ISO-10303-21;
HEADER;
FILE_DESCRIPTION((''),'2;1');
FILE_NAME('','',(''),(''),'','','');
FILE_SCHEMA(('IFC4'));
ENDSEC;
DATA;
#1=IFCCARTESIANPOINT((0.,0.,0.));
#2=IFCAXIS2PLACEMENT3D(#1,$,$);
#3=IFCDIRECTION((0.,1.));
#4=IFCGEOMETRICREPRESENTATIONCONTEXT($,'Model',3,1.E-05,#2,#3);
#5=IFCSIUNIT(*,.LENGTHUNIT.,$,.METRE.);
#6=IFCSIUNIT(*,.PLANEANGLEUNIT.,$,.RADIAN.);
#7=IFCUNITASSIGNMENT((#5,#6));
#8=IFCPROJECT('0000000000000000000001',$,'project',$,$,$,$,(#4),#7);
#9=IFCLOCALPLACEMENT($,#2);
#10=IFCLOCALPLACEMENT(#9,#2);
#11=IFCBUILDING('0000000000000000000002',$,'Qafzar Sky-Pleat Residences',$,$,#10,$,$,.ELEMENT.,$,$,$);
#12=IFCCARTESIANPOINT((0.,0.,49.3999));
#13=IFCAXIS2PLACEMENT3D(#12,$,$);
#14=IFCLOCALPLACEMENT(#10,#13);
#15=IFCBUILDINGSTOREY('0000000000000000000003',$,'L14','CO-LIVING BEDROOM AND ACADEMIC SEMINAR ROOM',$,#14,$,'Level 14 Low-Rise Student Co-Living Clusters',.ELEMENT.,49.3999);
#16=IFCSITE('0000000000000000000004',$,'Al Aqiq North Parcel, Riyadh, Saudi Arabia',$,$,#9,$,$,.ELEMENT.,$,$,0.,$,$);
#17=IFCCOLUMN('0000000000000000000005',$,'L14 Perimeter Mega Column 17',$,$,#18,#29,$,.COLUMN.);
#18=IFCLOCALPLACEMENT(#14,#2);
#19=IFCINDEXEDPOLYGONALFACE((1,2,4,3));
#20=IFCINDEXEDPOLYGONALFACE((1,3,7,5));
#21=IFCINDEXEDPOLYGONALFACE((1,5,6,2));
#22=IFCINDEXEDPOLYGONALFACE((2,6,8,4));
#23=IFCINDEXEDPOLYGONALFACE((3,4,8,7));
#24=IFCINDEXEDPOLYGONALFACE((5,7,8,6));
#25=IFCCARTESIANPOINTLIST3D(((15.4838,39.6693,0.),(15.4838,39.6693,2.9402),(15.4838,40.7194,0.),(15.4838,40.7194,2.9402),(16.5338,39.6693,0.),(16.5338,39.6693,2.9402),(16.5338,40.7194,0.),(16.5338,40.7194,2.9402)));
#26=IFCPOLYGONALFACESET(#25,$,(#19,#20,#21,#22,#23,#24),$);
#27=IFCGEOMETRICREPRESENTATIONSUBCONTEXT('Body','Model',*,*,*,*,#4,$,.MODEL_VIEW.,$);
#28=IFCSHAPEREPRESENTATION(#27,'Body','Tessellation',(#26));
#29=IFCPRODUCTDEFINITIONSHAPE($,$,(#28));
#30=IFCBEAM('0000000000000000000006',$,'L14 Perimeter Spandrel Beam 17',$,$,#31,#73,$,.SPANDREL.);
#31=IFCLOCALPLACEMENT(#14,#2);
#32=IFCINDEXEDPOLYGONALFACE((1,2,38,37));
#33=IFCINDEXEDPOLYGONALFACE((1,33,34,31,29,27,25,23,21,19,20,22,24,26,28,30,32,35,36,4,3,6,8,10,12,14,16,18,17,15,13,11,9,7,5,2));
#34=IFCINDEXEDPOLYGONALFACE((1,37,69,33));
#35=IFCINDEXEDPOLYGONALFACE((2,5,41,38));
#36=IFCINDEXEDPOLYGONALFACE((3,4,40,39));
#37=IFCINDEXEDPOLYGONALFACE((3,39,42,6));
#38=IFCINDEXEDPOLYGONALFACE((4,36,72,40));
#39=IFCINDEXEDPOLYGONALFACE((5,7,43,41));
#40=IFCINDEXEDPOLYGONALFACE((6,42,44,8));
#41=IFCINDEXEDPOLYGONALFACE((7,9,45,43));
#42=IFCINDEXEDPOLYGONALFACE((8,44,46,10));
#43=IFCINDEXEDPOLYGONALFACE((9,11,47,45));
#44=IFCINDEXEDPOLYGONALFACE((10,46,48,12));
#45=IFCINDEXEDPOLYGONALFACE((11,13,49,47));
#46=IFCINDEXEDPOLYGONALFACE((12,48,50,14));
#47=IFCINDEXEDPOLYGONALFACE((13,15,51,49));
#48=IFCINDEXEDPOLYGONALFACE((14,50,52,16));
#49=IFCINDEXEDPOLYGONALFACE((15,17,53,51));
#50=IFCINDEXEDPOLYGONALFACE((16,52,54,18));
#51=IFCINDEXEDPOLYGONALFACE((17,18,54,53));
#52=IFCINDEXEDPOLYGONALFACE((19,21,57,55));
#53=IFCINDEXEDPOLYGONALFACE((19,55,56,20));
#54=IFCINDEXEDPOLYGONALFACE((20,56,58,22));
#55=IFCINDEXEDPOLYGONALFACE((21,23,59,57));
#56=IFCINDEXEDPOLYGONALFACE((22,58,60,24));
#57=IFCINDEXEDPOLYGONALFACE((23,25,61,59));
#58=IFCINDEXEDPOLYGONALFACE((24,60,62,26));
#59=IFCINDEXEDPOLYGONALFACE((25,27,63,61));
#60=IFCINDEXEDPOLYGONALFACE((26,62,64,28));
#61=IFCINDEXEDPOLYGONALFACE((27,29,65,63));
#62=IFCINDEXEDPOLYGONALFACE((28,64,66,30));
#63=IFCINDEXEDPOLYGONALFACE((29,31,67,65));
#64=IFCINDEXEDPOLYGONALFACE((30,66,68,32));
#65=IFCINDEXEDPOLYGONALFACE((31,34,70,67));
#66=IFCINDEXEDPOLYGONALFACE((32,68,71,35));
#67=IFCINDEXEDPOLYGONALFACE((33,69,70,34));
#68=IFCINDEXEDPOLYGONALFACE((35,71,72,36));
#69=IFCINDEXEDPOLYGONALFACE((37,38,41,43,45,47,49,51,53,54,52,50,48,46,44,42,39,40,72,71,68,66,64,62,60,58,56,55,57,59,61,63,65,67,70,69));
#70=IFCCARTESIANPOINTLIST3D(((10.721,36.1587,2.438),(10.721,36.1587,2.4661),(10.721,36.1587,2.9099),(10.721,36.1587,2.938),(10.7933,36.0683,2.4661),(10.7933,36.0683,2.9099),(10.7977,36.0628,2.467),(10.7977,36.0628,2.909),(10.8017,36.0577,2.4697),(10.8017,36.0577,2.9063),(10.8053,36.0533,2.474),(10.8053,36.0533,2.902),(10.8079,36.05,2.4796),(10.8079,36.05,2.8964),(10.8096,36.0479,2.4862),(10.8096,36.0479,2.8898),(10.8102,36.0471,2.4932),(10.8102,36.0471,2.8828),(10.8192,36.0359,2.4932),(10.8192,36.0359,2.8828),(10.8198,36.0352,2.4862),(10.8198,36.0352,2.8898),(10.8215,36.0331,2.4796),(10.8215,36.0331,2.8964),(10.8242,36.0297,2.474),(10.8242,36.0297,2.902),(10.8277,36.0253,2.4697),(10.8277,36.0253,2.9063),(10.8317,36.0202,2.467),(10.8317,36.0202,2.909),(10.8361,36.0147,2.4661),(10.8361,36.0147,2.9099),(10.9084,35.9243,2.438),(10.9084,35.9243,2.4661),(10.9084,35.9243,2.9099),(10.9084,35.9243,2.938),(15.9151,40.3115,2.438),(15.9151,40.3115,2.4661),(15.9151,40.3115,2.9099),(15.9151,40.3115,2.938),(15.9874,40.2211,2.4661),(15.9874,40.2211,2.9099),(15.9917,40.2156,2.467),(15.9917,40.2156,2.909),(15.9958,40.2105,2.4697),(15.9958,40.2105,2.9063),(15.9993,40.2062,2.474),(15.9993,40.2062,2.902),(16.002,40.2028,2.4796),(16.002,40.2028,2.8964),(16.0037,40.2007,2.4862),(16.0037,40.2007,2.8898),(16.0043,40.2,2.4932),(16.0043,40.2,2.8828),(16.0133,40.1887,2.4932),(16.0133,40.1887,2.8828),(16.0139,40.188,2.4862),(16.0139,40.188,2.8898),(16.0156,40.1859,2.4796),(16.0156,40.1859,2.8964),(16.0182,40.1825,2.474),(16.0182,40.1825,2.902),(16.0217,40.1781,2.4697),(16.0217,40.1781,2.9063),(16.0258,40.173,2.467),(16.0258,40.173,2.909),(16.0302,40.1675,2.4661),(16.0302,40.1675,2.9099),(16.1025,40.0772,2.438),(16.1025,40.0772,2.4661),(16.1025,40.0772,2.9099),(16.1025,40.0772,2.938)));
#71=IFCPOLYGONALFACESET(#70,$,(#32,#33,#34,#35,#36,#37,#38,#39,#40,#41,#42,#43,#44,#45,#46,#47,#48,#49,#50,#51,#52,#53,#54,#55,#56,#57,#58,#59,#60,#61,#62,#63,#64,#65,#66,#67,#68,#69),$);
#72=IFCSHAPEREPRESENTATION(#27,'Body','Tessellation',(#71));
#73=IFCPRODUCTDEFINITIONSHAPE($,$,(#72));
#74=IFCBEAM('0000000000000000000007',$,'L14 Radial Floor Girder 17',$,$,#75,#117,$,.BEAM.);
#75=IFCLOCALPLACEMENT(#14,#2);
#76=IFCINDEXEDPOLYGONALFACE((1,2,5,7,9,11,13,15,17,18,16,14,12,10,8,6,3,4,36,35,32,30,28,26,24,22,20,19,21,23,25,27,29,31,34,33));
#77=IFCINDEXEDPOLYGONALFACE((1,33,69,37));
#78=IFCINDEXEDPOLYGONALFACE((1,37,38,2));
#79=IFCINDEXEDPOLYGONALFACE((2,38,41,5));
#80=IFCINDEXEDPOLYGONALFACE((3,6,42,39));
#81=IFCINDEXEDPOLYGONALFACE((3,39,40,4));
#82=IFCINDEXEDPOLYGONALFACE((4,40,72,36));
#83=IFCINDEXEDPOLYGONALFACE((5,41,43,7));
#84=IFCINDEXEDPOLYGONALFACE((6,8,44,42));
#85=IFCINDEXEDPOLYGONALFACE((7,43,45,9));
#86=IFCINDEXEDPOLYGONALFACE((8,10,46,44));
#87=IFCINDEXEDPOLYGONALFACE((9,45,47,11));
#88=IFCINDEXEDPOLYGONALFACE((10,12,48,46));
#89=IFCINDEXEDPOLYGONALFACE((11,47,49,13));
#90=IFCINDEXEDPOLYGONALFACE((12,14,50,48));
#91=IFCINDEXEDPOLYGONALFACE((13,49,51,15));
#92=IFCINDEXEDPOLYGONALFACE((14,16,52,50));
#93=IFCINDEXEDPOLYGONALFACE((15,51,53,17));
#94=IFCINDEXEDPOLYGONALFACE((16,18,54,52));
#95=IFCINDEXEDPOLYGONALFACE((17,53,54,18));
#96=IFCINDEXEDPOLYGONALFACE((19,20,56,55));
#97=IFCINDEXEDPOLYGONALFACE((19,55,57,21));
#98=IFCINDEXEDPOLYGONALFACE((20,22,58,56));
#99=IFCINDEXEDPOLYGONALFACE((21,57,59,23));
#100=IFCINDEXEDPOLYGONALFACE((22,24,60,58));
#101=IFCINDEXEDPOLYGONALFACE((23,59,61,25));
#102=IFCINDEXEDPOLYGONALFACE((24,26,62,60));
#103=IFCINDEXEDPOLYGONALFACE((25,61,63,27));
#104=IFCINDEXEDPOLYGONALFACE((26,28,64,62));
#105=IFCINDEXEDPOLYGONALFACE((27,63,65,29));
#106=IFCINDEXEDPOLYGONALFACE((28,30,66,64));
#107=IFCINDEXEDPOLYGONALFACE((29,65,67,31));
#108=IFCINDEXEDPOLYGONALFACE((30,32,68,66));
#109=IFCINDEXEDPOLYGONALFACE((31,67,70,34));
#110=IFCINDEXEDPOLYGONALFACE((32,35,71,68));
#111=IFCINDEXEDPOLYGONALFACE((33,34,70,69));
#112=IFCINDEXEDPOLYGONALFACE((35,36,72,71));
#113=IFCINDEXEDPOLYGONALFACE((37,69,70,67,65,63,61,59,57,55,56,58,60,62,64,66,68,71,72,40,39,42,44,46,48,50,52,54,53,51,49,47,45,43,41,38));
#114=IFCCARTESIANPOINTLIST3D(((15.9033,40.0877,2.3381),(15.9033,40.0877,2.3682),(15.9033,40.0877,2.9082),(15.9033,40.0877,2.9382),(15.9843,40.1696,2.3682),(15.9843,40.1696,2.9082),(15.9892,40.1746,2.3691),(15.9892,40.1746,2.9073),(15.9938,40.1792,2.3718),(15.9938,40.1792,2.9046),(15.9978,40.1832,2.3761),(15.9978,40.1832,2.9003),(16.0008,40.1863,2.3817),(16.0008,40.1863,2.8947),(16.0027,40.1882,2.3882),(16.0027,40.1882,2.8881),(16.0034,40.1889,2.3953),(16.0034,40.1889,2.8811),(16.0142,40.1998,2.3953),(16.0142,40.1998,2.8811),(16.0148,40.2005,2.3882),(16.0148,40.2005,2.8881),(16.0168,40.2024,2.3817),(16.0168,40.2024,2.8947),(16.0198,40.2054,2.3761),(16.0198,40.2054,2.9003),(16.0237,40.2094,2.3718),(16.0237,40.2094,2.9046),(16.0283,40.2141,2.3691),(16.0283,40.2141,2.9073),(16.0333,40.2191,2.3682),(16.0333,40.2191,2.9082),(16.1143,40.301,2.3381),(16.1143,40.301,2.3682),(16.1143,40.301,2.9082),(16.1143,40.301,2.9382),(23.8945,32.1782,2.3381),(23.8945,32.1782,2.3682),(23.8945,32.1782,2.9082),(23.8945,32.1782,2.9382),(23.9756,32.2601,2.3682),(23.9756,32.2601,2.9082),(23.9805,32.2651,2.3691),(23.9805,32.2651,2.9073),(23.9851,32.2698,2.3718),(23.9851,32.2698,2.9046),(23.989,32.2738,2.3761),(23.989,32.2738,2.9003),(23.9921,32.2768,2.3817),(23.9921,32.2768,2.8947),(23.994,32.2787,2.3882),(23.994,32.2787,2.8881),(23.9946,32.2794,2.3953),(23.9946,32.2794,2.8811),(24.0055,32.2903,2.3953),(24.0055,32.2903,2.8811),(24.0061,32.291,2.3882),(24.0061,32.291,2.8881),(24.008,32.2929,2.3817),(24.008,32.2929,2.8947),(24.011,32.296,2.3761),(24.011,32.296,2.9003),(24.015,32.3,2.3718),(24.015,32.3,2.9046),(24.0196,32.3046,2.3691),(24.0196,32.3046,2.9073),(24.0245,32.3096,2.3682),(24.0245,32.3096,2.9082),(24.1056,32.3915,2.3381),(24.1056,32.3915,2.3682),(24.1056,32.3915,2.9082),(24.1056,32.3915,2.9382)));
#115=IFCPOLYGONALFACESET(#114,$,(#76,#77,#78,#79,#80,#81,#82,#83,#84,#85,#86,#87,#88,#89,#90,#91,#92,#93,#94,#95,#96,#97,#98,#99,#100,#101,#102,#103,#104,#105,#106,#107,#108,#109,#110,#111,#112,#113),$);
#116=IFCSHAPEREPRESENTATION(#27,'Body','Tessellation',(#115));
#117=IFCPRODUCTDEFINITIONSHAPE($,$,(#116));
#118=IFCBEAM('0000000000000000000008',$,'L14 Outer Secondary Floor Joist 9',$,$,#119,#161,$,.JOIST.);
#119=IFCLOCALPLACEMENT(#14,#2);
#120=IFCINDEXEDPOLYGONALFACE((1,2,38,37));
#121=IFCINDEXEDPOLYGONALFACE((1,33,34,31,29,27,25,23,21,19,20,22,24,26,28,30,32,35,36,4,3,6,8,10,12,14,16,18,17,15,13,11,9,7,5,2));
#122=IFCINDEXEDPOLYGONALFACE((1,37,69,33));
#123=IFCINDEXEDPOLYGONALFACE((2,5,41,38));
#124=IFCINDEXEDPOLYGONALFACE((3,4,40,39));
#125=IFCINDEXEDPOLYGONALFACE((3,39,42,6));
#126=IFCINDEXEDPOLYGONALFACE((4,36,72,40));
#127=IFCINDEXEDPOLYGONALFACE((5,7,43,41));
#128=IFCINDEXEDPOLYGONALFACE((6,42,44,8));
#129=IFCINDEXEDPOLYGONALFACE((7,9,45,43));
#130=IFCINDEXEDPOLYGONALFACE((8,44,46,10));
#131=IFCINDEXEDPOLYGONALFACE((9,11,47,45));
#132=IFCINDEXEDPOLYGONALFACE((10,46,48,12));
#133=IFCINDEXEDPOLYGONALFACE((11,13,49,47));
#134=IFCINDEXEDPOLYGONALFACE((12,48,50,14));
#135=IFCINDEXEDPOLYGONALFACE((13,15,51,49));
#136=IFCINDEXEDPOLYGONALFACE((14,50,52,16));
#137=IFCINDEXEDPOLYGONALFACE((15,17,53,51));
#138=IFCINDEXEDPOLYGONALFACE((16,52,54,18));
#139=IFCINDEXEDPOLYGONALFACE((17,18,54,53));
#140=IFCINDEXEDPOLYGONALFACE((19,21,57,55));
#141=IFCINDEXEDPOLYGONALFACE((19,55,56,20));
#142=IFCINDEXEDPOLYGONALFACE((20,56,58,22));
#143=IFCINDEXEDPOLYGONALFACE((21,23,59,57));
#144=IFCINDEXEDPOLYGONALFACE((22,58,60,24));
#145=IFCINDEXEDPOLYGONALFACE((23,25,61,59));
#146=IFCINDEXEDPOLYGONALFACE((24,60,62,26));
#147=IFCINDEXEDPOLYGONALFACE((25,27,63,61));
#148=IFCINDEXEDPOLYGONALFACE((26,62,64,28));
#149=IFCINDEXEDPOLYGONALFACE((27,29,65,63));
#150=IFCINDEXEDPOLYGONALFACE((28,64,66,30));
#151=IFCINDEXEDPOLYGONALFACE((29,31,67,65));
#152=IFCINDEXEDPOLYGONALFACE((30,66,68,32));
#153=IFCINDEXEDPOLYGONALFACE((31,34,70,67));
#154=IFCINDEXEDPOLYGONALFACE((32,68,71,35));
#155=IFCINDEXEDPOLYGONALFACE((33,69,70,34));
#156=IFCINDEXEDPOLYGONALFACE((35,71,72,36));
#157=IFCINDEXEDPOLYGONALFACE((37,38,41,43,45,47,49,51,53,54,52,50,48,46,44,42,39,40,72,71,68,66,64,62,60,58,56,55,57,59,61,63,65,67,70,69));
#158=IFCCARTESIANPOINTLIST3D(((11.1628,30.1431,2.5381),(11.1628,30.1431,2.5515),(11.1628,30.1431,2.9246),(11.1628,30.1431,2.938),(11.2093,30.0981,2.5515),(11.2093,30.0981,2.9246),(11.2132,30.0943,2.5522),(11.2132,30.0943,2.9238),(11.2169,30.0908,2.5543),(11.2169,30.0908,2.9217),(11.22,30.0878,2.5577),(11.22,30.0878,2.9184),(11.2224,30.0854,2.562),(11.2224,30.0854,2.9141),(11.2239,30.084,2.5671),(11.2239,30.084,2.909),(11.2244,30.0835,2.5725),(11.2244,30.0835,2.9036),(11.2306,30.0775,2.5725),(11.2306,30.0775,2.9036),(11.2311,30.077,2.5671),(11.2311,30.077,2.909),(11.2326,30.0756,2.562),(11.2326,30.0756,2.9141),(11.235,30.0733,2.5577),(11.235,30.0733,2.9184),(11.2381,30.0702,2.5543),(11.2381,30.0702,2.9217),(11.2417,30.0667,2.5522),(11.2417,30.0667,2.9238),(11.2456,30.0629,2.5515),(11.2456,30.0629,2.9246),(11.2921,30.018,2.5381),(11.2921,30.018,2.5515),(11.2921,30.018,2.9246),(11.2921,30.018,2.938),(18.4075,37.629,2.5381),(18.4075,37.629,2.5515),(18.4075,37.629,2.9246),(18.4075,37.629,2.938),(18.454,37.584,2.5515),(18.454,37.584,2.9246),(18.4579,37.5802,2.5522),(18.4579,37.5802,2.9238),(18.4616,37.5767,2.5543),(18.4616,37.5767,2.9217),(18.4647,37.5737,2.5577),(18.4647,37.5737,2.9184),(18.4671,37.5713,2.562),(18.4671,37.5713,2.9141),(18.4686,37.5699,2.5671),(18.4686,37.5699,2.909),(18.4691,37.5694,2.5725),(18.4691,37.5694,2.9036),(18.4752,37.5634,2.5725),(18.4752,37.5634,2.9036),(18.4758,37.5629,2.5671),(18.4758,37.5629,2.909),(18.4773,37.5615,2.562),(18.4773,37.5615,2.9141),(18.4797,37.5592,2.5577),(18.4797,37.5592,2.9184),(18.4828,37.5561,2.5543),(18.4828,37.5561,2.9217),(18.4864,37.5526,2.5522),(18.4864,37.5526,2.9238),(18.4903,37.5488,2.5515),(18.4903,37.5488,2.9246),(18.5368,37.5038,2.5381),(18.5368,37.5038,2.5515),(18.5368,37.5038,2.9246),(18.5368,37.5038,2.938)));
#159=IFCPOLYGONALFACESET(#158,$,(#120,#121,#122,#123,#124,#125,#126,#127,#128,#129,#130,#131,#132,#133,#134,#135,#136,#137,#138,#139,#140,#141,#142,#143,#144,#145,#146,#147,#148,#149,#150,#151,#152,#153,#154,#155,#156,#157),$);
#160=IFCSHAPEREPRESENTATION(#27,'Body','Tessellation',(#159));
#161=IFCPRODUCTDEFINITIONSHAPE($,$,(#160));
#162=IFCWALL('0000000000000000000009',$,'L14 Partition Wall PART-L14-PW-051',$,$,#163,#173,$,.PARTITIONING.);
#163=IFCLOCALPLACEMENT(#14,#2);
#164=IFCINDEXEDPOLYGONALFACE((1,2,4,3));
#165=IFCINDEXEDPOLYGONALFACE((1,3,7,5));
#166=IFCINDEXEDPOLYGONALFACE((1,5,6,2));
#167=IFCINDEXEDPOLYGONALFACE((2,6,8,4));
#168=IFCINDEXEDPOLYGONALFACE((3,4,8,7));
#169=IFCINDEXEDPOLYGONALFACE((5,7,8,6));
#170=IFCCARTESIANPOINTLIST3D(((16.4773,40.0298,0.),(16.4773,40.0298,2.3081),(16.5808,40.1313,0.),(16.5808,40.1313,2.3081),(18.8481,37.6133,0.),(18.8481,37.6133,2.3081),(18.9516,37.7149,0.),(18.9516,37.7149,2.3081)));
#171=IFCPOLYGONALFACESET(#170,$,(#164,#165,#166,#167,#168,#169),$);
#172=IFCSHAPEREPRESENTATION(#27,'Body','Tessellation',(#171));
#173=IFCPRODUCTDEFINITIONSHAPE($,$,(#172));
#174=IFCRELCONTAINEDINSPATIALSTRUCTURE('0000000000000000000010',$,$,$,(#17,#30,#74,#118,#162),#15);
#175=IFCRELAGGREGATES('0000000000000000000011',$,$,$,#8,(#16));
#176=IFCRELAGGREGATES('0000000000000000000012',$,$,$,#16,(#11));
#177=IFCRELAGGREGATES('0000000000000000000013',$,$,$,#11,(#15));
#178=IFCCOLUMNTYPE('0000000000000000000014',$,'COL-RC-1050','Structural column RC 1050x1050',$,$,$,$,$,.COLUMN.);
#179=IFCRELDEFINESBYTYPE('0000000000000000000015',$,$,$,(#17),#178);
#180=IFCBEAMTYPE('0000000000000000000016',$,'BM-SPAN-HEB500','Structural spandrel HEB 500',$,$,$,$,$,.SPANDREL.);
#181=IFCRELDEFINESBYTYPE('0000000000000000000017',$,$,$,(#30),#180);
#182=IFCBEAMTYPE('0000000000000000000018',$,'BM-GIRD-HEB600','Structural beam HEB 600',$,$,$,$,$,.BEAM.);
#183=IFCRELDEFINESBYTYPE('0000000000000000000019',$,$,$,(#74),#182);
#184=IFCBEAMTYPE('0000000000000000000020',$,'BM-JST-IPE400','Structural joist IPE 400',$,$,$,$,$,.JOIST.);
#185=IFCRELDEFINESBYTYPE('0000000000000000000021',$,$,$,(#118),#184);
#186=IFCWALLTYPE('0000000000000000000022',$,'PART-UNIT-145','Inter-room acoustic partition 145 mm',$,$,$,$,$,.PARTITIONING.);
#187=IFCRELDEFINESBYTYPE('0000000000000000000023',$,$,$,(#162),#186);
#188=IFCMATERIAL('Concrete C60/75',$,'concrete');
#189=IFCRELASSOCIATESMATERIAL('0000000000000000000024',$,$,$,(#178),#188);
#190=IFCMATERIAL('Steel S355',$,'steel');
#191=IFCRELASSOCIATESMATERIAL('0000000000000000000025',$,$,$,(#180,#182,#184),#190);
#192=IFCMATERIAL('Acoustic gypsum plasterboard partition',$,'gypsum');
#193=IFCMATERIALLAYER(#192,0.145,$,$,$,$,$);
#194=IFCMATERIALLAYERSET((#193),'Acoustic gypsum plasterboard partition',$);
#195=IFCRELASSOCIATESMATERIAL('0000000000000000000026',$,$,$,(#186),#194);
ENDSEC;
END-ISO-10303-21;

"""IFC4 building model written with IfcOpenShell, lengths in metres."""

from ifc_helpers import new_model, si_unit, direction, frame, frame_2d, origin, origin_2d, place, context, subcontext, project, spatial, rectangle, i_section, extrude, source, transform, mapped, material, layer, layer_set, material_profile, profile_set, type_object, element, save


model = new_model("IFC4")

# Units and contexts
model_context = context("Model", 3, precision=1e-05, world=origin(), true_north=direction((0.0, 1.0)))
body_context = subcontext(model_context, "Body", "Model", "MODEL_VIEW")
ifc_project = project(units=[si_unit("LENGTHUNIT", "METRE"), si_unit("PLANEANGLEUNIT", "RADIAN")], contexts=[model_context])

# Site, building, storey
site_placement = place(None, origin())
site = spatial("IfcSite", under=ifc_project, at=site_placement, Name="Al Aqiq North Parcel, Riyadh, Saudi Arabia", CompositionType="ELEMENT", RefElevation=0.0)
building_placement = place(site_placement, origin())
building = spatial("IfcBuilding", under=site, at=building_placement, Name="Qafzar Sky-Pleat Residences", CompositionType="ELEMENT")
storey_placement = place(building_placement, frame((0.0, 0.0, 49.3999)))
storey = spatial("IfcBuildingStorey", under=building, at=storey_placement, Name="L14", Description="CO-LIVING BEDROOM AND ACADEMIC SEMINAR ROOM", LongName="Level 14 Low-Rise Student Co-Living Clusters", CompositionType="ELEMENT", Elevation=49.3999)

# Column
ifc_material_1 = material(Name="Concrete C60/75", Category="concrete")
ifc_material_profile_1 = material_profile(ifc_material_1, rectangle(XDim=1.05, YDim=1.05, at=origin_2d()), Name="RC 1050x1050")
ifc_profile_set_1 = profile_set([ifc_material_profile_1], Name="Concrete C60/75")
column_type = type_object("IfcColumnType", Name="COL-RC-1050", Description="Structural column RC 1050x1050", PredefinedType="COLUMN", material=ifc_profile_set_1)
shared_shape_1 = source(origin(), body_context, "Body", "SweptSolid", [
    extrude(rectangle(XDim=1.05, YDim=1.05, at=origin_2d()), origin(), (0.0, 0.0, 1.0), 2.9402),
])
column_placement = place(storey_placement, frame((16.0088, 40.1943, 0.0), z_axis=(0.0, 0.0, 1.0), x_axis=(1.0, 0.0, 0.0)))
element("IfcColumn", 1, at=column_placement, inside=storey, type_object=column_type, Name="L14 Perimeter Mega Column 17", PredefinedType="COLUMN", context=body_context, shape_type="MappedRepresentation", body=[
    mapped(shared_shape_1, transform((0.0, 0.0, 0.0), x_axis=(1.0, 0.0, 0.0), y_axis=(0.0, 1.0, 0.0), z_axis=(0.0, 0.0, 1.0), scale=1.0)),
])

# Beams
ifc_material_2 = material(Name="Steel S355", Category="steel")
ifc_material_profile_2 = material_profile(ifc_material_2, i_section(OverallWidth=0.3, OverallDepth=0.5, WebThickness=0.0144, FlangeThickness=0.0281, FilletRadius=0.0271, at=origin_2d()), Name="HEB 500")
ifc_profile_set_2 = profile_set([ifc_material_profile_2], Name="Steel S355")
beam_type_1 = type_object("IfcBeamType", Name="BM-SPAN-HEB500", Description="Structural spandrel HEB 500", PredefinedType="SPANDREL", material=ifc_profile_set_2)
shared_shape_2 = source(origin(), body_context, "Body", "SweptSolid", [
    extrude(i_section(OverallWidth=0.3, OverallDepth=0.5, WebThickness=0.0144, FlangeThickness=0.0281, FilletRadius=0.0271, at=origin_2d()), origin(), (0.0, 0.0, 1.0), 6.6501),
])
beam_1_placement = place(storey_placement, frame((16.0088, 40.1943, 2.688), z_axis=(-0.781048, -0.624471, 0.0), x_axis=(0.624471, -0.781048, 0.0)))
element("IfcBeam", 2, at=beam_1_placement, inside=storey, type_object=beam_type_1, Name="L14 Perimeter Spandrel Beam 17", PredefinedType="SPANDREL", context=body_context, shape_type="MappedRepresentation", body=[
    mapped(shared_shape_2, transform((0.0, 0.0, 0.0), x_axis=(1.0, 0.0, 0.0), y_axis=(0.0, 1.0, 0.0), z_axis=(0.0, 0.0, 1.0), scale=1.0)),
])
ifc_material_profile_3 = material_profile(ifc_material_2, i_section(OverallWidth=0.3, OverallDepth=0.6001, WebThickness=0.0154, FlangeThickness=0.03, FilletRadius=0.0271, at=origin_2d()), Name="HEB 600")
ifc_profile_set_3 = profile_set([ifc_material_profile_3], Name="Steel S355")
beam_type_2 = type_object("IfcBeamType", Name="BM-GIRD-HEB600", Description="Structural beam HEB 600", PredefinedType="BEAM", material=ifc_profile_set_3)
shared_shape_3 = source(origin(), body_context, "Body", "SweptSolid", [
    extrude(i_section(OverallWidth=0.3, OverallDepth=0.6001, WebThickness=0.0154, FlangeThickness=0.03, FilletRadius=0.0271, at=origin_2d()), origin(), (0.0, 0.0, 1.0), 11.2437),
])
beam_2_placement = place(storey_placement, frame((16.0088, 40.1943, 2.6382), z_axis=(0.710734, -0.70346, 0.0), x_axis=(0.70346, 0.710734, 0.0)))
element("IfcBeam", 3, at=beam_2_placement, inside=storey, type_object=beam_type_2, Name="L14 Radial Floor Girder 17", PredefinedType="BEAM", context=body_context, shape_type="MappedRepresentation", body=[
    mapped(shared_shape_3, transform((0.0, 0.0, 0.0), x_axis=(1.0, 0.0, 0.0), y_axis=(0.0, 1.0, 0.0), z_axis=(0.0, 0.0, 1.0), scale=1.0)),
])
ifc_material_profile_4 = material_profile(ifc_material_2, i_section(OverallWidth=0.1799, OverallDepth=0.3999, WebThickness=0.0085, FlangeThickness=0.0134, FilletRadius=0.021, at=origin_2d()), Name="IPE 400")
ifc_profile_set_4 = profile_set([ifc_material_profile_4], Name="Steel S355")
beam_type_3 = type_object("IfcBeamType", Name="BM-JST-IPE400", Description="Structural joist IPE 400", PredefinedType="JOIST", material=ifc_profile_set_4)
shared_shape_4 = source(origin(), body_context, "Body", "SweptSolid", [
    extrude(i_section(OverallWidth=0.1799, OverallDepth=0.3999, WebThickness=0.0085, FlangeThickness=0.0134, FilletRadius=0.021, at=origin_2d()), origin(), (0.0, 0.0, 1.0), 10.4175),
])
beam_3_placement = place(storey_placement, frame((18.4722, 37.5664, 2.738), z_axis=(-0.695435, -0.718589, 0.0), x_axis=(0.718589, -0.695435, 0.0)))
element("IfcBeam", 4, at=beam_3_placement, inside=storey, type_object=beam_type_3, Name="L14 Outer Secondary Floor Joist 9", PredefinedType="JOIST", context=body_context, shape_type="MappedRepresentation", body=[
    mapped(shared_shape_4, transform((0.0, 0.0, 0.0), x_axis=(1.0, 0.0, 0.0), y_axis=(0.0, 1.0, 0.0), z_axis=(0.0, 0.0, 1.0), scale=1.0)),
])

# Wall
ifc_material_3 = material(Name="Acoustic gypsum plasterboard partition", Category="gypsum")
ifc_layer_1 = layer(ifc_material_3, 0.145)
ifc_layer_set_1 = layer_set([ifc_layer_1], Name="Acoustic gypsum plasterboard partition")
wall_type_1 = type_object("IfcWallType", Name="PART-UNIT-145", Description="Inter-room acoustic partition 145 mm", PredefinedType="PARTITIONING", material=ifc_layer_set_1)
wall_1_placement = place(storey_placement, frame((16.5291, 40.0806, 0.0), z_axis=(0.0, 0.0, 1.0), x_axis=(0.700332, -0.713818, 0.0)))
element("IfcWall", 5, at=wall_1_placement, inside=storey, type_object=wall_type_1, Name="L14 Partition Wall PART-L14-PW-051", PredefinedType="PARTITIONING", context=body_context, shape_type="SweptSolid", body=[
    extrude(rectangle(XDim=3.3853, YDim=0.145, at=frame_2d((1.6926, 0.0))), origin(), (0.0, 0.0, 1.0), 2.3081),
])

save(model, "model.ifc")
